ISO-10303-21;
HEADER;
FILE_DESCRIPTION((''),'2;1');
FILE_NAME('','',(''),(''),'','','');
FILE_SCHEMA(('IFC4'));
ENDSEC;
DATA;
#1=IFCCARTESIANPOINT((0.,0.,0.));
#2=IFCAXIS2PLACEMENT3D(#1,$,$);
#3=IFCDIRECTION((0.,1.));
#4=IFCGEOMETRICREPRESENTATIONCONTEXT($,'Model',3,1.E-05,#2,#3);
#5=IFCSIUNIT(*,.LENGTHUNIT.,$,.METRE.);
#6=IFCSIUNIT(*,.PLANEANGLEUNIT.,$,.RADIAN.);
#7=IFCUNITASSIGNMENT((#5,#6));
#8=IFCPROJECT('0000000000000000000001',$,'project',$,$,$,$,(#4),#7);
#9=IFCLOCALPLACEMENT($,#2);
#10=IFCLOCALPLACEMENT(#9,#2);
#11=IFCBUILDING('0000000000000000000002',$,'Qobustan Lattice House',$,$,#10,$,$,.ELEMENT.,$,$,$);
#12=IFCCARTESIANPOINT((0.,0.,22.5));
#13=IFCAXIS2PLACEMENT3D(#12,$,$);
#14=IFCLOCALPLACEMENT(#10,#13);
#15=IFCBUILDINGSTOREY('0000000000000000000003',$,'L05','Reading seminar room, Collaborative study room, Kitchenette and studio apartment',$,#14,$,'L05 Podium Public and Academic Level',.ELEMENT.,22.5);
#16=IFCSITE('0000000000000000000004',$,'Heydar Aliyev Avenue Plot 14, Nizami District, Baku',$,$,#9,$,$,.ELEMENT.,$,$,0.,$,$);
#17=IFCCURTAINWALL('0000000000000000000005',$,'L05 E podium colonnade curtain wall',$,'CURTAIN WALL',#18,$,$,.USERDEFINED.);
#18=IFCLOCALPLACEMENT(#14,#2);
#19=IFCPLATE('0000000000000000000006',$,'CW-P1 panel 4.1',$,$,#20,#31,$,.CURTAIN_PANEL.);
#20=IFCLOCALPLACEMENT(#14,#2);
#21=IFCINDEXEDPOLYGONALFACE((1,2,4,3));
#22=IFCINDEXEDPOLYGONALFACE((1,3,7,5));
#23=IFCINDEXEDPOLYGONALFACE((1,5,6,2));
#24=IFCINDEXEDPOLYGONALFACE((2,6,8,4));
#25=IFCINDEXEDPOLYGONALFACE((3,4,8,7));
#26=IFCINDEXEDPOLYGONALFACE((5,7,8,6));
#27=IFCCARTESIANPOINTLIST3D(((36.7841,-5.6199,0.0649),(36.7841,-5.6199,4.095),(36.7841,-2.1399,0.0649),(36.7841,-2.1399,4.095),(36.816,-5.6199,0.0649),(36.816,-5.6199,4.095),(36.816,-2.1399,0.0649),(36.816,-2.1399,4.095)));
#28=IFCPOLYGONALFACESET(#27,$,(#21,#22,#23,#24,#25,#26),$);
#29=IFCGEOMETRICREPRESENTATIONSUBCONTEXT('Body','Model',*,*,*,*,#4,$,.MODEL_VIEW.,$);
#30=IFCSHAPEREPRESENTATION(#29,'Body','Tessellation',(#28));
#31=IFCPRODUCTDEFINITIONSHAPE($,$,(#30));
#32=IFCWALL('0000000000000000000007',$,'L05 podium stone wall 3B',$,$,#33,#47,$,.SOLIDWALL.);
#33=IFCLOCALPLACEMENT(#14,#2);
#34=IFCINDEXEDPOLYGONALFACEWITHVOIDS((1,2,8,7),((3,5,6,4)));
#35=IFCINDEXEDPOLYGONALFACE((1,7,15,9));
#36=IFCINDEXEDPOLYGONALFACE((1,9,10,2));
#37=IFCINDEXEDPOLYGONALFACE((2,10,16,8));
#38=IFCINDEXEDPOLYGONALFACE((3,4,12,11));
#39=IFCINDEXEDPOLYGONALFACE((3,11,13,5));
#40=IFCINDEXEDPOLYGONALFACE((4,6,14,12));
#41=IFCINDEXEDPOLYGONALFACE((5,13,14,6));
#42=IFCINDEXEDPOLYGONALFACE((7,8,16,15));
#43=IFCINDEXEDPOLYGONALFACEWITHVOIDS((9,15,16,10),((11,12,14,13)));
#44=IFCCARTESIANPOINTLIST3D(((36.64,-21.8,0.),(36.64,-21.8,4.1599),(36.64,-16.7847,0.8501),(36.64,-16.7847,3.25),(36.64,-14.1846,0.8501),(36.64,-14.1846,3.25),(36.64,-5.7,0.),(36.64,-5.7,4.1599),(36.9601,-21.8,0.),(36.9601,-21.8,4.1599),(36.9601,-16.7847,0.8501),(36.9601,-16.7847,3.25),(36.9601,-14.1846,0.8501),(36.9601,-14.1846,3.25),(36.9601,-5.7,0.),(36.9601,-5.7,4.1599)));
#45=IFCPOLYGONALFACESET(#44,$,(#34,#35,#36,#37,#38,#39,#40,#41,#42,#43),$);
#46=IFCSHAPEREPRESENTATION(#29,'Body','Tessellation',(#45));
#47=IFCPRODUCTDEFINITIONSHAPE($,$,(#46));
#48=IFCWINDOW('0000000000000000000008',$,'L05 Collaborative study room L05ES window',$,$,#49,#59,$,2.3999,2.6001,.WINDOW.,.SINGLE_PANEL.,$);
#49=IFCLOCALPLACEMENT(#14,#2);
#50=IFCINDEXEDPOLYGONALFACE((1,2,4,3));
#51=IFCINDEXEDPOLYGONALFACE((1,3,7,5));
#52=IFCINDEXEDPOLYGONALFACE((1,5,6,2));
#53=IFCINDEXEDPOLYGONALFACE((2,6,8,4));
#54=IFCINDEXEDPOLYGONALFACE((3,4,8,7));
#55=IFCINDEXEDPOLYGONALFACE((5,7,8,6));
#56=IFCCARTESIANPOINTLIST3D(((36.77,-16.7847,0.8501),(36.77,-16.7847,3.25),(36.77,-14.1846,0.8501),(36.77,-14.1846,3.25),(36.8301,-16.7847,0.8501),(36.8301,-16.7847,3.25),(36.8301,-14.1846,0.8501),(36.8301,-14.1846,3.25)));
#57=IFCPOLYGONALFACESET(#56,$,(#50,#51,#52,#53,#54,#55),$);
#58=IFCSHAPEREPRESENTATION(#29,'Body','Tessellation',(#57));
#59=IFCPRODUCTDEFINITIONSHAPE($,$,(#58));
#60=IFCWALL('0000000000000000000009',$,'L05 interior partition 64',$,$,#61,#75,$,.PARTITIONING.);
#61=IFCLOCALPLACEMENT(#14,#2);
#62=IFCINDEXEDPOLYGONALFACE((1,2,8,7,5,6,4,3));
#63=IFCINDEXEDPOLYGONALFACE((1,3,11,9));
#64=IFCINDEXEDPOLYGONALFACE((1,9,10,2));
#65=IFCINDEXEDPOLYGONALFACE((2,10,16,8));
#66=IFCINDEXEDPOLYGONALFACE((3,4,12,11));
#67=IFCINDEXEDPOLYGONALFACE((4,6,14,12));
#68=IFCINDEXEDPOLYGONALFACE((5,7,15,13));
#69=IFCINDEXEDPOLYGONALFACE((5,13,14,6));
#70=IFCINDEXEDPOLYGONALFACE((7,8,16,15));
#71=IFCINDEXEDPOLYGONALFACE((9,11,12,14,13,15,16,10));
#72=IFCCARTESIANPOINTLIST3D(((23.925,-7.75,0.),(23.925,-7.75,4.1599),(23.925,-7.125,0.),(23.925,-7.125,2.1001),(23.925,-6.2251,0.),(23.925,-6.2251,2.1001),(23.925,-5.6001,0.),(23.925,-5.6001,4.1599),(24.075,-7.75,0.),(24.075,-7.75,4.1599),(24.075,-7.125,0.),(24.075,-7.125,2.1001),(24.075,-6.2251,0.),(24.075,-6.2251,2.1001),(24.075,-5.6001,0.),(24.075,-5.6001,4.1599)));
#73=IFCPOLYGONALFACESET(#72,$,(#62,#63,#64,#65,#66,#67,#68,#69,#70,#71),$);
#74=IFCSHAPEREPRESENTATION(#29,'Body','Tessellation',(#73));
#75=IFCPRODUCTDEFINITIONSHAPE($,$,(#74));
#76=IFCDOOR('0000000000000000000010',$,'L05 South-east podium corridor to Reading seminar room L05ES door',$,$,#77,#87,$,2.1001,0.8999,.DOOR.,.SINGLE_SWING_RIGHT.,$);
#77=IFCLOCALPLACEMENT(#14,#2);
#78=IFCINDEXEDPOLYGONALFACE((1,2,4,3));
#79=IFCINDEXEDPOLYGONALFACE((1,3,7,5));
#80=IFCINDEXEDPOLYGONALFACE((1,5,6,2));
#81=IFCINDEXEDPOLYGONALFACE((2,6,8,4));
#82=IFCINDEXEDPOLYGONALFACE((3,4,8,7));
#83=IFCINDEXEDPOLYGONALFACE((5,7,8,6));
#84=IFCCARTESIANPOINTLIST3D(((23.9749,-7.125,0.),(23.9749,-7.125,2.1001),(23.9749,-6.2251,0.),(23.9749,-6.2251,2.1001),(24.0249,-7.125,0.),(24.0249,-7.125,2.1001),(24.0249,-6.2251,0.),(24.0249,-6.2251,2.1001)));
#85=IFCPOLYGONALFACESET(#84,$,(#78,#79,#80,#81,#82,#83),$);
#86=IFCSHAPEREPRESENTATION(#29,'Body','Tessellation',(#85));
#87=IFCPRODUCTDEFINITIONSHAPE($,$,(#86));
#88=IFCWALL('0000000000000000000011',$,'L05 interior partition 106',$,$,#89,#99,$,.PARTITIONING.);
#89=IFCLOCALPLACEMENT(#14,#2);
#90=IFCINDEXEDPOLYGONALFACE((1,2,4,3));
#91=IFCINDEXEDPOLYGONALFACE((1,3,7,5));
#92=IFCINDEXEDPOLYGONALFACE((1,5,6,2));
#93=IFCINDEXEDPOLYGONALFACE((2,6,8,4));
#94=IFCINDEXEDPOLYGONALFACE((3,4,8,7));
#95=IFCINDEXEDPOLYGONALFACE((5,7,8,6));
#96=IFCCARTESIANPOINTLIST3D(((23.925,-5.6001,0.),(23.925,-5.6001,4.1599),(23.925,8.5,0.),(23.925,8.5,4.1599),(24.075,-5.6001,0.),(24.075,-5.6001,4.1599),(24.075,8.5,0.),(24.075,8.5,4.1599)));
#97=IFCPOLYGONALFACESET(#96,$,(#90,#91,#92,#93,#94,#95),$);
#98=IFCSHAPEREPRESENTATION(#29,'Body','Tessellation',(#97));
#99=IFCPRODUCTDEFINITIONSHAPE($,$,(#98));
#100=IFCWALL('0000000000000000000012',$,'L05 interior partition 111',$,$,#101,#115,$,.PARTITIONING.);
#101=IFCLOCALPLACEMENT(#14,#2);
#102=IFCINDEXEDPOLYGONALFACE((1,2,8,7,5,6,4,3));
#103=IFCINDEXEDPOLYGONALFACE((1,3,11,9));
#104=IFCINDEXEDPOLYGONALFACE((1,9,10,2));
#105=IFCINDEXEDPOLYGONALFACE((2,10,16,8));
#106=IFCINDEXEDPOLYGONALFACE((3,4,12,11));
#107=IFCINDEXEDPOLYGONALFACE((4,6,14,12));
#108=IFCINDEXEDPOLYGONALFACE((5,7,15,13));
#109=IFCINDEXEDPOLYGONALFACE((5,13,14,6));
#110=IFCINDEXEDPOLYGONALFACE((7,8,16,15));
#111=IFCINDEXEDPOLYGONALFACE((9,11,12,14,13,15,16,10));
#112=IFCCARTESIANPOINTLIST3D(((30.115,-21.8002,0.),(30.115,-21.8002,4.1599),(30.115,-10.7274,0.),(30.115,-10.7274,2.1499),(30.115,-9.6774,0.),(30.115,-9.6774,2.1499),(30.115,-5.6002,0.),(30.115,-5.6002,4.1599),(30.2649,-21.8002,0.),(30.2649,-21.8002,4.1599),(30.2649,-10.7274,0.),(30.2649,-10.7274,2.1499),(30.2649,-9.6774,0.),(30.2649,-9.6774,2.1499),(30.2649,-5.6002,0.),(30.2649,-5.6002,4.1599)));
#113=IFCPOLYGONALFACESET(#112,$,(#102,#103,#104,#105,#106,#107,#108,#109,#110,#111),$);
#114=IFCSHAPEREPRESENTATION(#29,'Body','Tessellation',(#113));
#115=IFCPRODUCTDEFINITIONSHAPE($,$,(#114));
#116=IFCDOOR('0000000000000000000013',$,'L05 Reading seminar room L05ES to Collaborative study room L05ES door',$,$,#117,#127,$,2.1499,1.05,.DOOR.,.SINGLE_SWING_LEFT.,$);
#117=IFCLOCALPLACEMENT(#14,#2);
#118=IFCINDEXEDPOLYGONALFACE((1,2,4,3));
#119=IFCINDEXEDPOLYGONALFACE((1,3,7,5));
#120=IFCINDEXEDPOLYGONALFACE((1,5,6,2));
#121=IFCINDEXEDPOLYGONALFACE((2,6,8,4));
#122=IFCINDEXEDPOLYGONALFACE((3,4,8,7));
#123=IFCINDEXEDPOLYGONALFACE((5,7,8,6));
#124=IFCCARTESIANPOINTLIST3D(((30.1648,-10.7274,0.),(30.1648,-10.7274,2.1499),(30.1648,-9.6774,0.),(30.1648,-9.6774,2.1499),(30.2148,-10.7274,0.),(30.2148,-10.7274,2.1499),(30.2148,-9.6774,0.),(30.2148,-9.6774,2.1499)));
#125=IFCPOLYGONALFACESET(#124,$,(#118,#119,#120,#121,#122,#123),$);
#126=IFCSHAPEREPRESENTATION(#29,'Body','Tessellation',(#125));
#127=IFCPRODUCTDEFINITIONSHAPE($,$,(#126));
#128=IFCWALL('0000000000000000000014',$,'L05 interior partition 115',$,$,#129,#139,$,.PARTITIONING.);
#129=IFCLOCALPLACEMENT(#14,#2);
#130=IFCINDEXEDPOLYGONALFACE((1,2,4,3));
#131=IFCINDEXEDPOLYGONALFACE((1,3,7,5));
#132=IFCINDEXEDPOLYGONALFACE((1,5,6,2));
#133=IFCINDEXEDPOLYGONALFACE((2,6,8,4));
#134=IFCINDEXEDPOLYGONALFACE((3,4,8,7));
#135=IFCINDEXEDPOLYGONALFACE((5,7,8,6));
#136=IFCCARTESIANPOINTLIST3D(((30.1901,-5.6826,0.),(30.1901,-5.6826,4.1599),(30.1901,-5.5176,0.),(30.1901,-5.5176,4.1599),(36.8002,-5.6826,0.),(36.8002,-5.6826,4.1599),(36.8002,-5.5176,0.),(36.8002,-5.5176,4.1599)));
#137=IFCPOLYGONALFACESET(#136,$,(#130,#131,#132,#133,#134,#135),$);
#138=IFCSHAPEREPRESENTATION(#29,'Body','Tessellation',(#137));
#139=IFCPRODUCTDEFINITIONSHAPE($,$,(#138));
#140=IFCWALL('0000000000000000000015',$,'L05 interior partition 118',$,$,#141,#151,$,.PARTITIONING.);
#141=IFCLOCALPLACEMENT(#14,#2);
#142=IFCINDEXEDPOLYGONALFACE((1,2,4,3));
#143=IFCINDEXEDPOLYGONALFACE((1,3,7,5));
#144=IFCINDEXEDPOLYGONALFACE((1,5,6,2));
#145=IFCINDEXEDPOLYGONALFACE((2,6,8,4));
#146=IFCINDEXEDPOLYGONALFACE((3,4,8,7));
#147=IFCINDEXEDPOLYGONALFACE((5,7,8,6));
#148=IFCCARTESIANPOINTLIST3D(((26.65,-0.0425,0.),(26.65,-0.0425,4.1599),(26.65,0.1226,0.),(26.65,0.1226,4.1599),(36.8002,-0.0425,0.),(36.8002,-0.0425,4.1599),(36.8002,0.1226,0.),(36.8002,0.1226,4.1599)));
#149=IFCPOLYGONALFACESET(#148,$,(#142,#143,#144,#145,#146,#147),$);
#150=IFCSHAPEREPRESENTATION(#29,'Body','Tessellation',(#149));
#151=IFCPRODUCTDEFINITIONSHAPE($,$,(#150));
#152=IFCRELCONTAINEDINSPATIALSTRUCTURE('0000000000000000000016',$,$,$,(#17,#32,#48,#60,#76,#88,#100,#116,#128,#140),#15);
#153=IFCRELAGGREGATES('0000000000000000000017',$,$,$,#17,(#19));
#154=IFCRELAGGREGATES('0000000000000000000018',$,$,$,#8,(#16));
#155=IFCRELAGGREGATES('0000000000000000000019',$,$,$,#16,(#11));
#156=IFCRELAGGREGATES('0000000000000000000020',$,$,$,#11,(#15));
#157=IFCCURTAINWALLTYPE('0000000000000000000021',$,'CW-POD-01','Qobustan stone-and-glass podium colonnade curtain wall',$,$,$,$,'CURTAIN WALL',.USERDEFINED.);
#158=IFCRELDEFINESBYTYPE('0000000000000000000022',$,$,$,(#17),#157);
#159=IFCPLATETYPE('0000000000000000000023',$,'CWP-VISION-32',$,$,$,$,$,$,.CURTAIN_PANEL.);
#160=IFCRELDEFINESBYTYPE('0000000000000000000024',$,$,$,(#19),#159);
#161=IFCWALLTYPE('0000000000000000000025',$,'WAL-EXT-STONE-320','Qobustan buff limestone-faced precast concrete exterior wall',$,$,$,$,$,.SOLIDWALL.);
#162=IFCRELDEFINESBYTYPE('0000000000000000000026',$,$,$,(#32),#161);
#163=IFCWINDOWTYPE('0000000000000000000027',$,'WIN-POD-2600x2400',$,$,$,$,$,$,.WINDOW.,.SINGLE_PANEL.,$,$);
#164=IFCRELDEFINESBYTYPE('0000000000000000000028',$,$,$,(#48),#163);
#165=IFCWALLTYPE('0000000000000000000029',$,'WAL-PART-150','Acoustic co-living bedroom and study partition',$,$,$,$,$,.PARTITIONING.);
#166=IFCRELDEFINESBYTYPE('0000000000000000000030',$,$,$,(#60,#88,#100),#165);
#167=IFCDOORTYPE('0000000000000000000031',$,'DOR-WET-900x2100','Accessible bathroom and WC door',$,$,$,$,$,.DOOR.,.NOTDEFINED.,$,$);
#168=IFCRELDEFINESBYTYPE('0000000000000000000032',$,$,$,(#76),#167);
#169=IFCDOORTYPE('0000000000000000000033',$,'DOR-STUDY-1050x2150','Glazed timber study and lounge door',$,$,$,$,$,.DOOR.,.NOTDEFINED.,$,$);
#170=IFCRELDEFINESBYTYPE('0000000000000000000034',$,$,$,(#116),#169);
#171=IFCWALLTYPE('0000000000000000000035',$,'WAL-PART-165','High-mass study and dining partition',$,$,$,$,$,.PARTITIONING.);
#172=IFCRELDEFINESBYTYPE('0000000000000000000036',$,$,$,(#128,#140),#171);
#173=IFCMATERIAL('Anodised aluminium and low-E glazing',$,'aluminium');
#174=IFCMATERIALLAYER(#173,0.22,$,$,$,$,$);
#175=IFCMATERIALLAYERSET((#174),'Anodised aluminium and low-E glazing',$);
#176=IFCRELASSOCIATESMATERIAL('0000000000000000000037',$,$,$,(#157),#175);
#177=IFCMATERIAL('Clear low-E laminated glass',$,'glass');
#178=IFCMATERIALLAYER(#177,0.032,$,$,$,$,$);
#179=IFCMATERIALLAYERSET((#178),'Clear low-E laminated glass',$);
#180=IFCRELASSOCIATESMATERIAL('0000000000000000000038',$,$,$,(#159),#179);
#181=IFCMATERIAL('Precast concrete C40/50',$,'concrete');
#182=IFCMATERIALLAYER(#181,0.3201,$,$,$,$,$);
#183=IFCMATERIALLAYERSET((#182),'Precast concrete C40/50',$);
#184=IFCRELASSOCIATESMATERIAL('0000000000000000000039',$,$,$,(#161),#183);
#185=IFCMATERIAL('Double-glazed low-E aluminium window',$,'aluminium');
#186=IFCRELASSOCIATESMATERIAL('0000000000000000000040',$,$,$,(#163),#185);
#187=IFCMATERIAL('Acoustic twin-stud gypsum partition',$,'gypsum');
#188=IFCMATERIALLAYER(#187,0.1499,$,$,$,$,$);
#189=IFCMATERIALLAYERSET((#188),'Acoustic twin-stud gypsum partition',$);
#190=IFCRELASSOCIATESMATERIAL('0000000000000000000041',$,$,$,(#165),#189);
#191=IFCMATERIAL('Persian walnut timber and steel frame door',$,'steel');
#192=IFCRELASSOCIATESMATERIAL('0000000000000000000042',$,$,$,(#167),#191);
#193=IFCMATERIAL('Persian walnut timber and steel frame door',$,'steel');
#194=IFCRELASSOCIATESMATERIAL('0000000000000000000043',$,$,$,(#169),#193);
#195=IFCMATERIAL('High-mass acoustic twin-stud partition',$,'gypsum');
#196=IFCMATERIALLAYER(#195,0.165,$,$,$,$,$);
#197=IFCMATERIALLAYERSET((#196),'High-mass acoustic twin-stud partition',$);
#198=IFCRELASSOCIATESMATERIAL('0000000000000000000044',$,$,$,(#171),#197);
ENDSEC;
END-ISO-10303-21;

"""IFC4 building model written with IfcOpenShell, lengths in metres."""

from ifc_helpers import new_model, si_unit, direction, frame, frame_2d, origin, origin_2d, place, context, subcontext, project, spatial, rectangle, extrude, material, layer, layer_set, type_object, element, fill, aggregate, save


model = new_model("IFC4")

# Units and contexts
model_context = context("Model", 3, precision=1e-05, world=origin(), true_north=direction((0.0, 1.0)))
body_context = subcontext(model_context, "Body", "Model", "MODEL_VIEW")
ifc_project = project(units=[si_unit("LENGTHUNIT", "METRE"), si_unit("PLANEANGLEUNIT", "RADIAN")], contexts=[model_context])

# Site, building, storey
site_placement = place(None, origin())
site = spatial("IfcSite", under=ifc_project, at=site_placement, Name="Heydar Aliyev Avenue Plot 14, Nizami District, Baku", CompositionType="ELEMENT", RefElevation=0.0)
building_placement = place(site_placement, origin())
building = spatial("IfcBuilding", under=site, at=building_placement, Name="Qobustan Lattice House", CompositionType="ELEMENT")
storey_placement = place(building_placement, frame((0.0, 0.0, 22.5)))
storey = spatial("IfcBuildingStorey", under=building, at=storey_placement, Name="L05", Description="Reading seminar room, Collaborative study room, Kitchenette and studio apartment", LongName="L05 Podium Public and Academic Level", CompositionType="ELEMENT", Elevation=22.5)

# Curtain wall, plate
ifc_material_1 = material(Name="Anodised aluminium and low-E glazing", Category="aluminium")
ifc_layer_1 = layer(ifc_material_1, 0.22)
ifc_layer_set_1 = layer_set([ifc_layer_1], Name="Anodised aluminium and low-E glazing")
curtain_wall_type = type_object("IfcCurtainWallType", Name="CW-POD-01", Description="Qobustan stone-and-glass podium colonnade curtain wall", ElementType="CURTAIN WALL", PredefinedType="USERDEFINED", material=ifc_layer_set_1)
curtain_wall_placement = place(storey_placement, origin())
curtain_wall = element("IfcCurtainWall", 1, at=curtain_wall_placement, inside=storey, type_object=curtain_wall_type, Name="L05 E podium colonnade curtain wall", ObjectType="CURTAIN WALL", PredefinedType="USERDEFINED")
ifc_material_2 = material(Name="Clear low-E laminated glass", Category="glass")
ifc_layer_2 = layer(ifc_material_2, 0.032)
ifc_layer_set_2 = layer_set([ifc_layer_2], Name="Clear low-E laminated glass")
plate_type = type_object("IfcPlateType", Name="CWP-VISION-32", PredefinedType="CURTAIN_PANEL", material=ifc_layer_set_2)
plate_1_placement = place(storey_placement, frame((36.8, -3.8799, 0.0649), z_axis=(0.0, 0.0, 1.0), x_axis=(0.0, -1.0, 0.0)))
plate_1 = element("IfcPlate", 2, at=plate_1_placement, type_object=plate_type, Name="CW-P1 panel 4.1", PredefinedType="CURTAIN_PANEL", context=body_context, shape_type="SweptSolid", body=[
    extrude(rectangle(XDim=3.48, YDim=0.032, at=origin_2d()), origin(), (0.0, 0.0, 1.0), 4.03),
])
aggregate(curtain_wall, [plate_1])

# Wall, opening, window
ifc_material_3 = material(Name="Precast concrete C40/50", Category="concrete")
ifc_layer_3 = layer(ifc_material_3, 0.3201)
ifc_layer_set_3 = layer_set([ifc_layer_3], Name="Precast concrete C40/50")
wall_type_1 = type_object("IfcWallType", Name="WAL-EXT-STONE-320", Description="Qobustan buff limestone-faced precast concrete exterior wall", PredefinedType="SOLIDWALL", material=ifc_layer_set_3)
wall_1_placement = place(storey_placement, frame((36.8, -5.7, 0.0), z_axis=(0.0, 0.0, 1.0), x_axis=(0.0, -1.0, 0.0)))
wall_1 = element("IfcWall", 3, at=wall_1_placement, inside=storey, type_object=wall_type_1, Name="L05 podium stone wall 3B", PredefinedType="SOLIDWALL", context=body_context, shape_type="SweptSolid", body=[
    extrude(rectangle(XDim=16.1001, YDim=0.3201, at=frame_2d((8.05, 0.0))), origin(), (0.0, 0.0, 1.0), 4.1599),
])
opening_1_placement = place(wall_1_placement, frame((8.4846, 0.0, 0.8501)))
opening_1 = element("IfcOpeningElement", 4, at=opening_1_placement, cuts=wall_1, PredefinedType="OPENING", context=body_context, shape_type="SweptSolid", body=[
    extrude(rectangle(XDim=2.6001, YDim=2.3999, at=frame_2d((1.3, 1.2))), frame((0.0, 0.1699, 0.0), z_axis=(0.0, -1.0, 0.0), x_axis=(1.0, 0.0, 0.0)), (0.0, 0.0, 1.0), 0.3401),
])
ifc_material_4 = material(Name="Double-glazed low-E aluminium window", Category="aluminium")
window_type = type_object("IfcWindowType", Name="WIN-POD-2600x2400", PartitioningType="SINGLE_PANEL", PredefinedType="WINDOW", material=ifc_material_4)
window_placement = place(opening_1_placement, origin())
window = element("IfcWindow", 5, at=window_placement, inside=storey, type_object=window_type, Name="L05 Collaborative study room L05ES window", OverallHeight=2.3999, OverallWidth=2.6001, PartitioningType="SINGLE_PANEL", PredefinedType="WINDOW", context=body_context, shape_type="SweptSolid", body=[
    extrude(rectangle(XDim=2.6001, YDim=2.3999, at=frame_2d((1.3, 1.2))), frame((0.0, 0.03, 0.0), z_axis=(0.0, -1.0, 0.0), x_axis=(1.0, 0.0, 0.0)), (0.0, 0.0, 1.0), 0.0601),
])
fill(opening_1, window)

# Wall, opening, door
ifc_material_5 = material(Name="Acoustic twin-stud gypsum partition", Category="gypsum")
ifc_layer_4 = layer(ifc_material_5, 0.1499)
ifc_layer_set_4 = layer_set([ifc_layer_4], Name="Acoustic twin-stud gypsum partition")
wall_type_2 = type_object("IfcWallType", Name="WAL-PART-150", Description="Acoustic co-living bedroom and study partition", PredefinedType="PARTITIONING", material=ifc_layer_set_4)
wall_2_placement = place(storey_placement, frame((24.0, -5.6001, 0.0), z_axis=(0.0, 0.0, 1.0), x_axis=(0.0, -1.0, 0.0)))
wall_2 = element("IfcWall", 6, at=wall_2_placement, inside=storey, type_object=wall_type_2, Name="L05 interior partition 64", PredefinedType="PARTITIONING", context=body_context, shape_type="SweptSolid", body=[
    extrude(rectangle(XDim=2.1499, YDim=0.1499, at=frame_2d((1.075, 0.0))), origin(), (0.0, 0.0, 1.0), 4.1599),
])
opening_2_placement = place(wall_2_placement, frame((0.625, 0.0, 0.0)))
opening_2 = element("IfcOpeningElement", 7, at=opening_2_placement, cuts=wall_2, PredefinedType="OPENING", context=body_context, shape_type="SweptSolid", body=[
    extrude(rectangle(XDim=0.8999, YDim=2.1001, at=frame_2d((0.45, 1.05))), frame((0.0, 0.085, 0.0), z_axis=(0.0, -1.0, 0.0), x_axis=(1.0, 0.0, 0.0)), (0.0, 0.0, 1.0), 0.1699),
])
ifc_material_6 = material(Name="Persian walnut timber and steel frame door", Category="steel")
door_type_1 = type_object("IfcDoorType", Name="DOR-WET-900x2100", Description="Accessible bathroom and WC door", OperationType="NOTDEFINED", PredefinedType="DOOR", material=ifc_material_6)
door_1_placement = place(opening_2_placement, origin())
door_1 = element("IfcDoor", 8, at=door_1_placement, inside=storey, type_object=door_type_1, Name="L05 South-east podium corridor to Reading seminar room L05ES door", OperationType="SINGLE_SWING_RIGHT", OverallHeight=2.1001, OverallWidth=0.8999, PredefinedType="DOOR", context=body_context, shape_type="SweptSolid", body=[
    extrude(rectangle(XDim=0.8999, YDim=2.1001, at=frame_2d((0.45, 1.05))), frame((0.0, 0.0249, 0.0), z_axis=(0.0, -1.0, 0.0), x_axis=(1.0, 0.0, 0.0)), (0.0, 0.0, 1.0), 0.05),
])
fill(opening_2, door_1)
ifc_material_7 = material(Name="Persian walnut timber and steel frame door", Category="steel")
door_type_2 = type_object("IfcDoorType", Name="DOR-STUDY-1050x2150", Description="Glazed timber study and lounge door", OperationType="NOTDEFINED", PredefinedType="DOOR", material=ifc_material_7)

# Wall
wall_3_placement = place(storey_placement, frame((24.0, -5.6001, 0.0), z_axis=(0.0, 0.0, 1.0), x_axis=(0.0, 1.0, 0.0)))
element("IfcWall", 9, at=wall_3_placement, inside=storey, type_object=wall_type_2, Name="L05 interior partition 106", PredefinedType="PARTITIONING", context=body_context, shape_type="SweptSolid", body=[
    extrude(rectangle(XDim=14.1001, YDim=0.1499, at=frame_2d((7.05, 0.0))), origin(), (0.0, 0.0, 1.0), 4.1599),
])

# Wall, opening, door
wall_4_placement = place(storey_placement, frame((30.1899, -5.6001, 0.0), z_axis=(0.0, 0.0, 1.0), x_axis=(0.0, -1.0, 0.0)))
wall_4 = element("IfcWall", 10, at=wall_4_placement, inside=storey, type_object=wall_type_2, Name="L05 interior partition 111", PredefinedType="PARTITIONING", context=body_context, shape_type="SweptSolid", body=[
    extrude(rectangle(XDim=16.2, YDim=0.1499, at=frame_2d((8.1001, 0.0))), origin(), (0.0, 0.0, 1.0), 4.1599),
])
opening_3_placement = place(wall_4_placement, frame((4.0774, 0.0, 0.0)))
opening_3 = element("IfcOpeningElement", 11, at=opening_3_placement, cuts=wall_4, PredefinedType="OPENING", context=body_context, shape_type="SweptSolid", body=[
    extrude(rectangle(XDim=1.05, YDim=2.1499, at=frame_2d((0.5249, 1.075))), frame((0.0, 0.085, 0.0), z_axis=(0.0, -1.0, 0.0), x_axis=(1.0, 0.0, 0.0)), (0.0, 0.0, 1.0), 0.1699),
])
door_2_placement = place(opening_3_placement, origin())
door_2 = element("IfcDoor", 12, at=door_2_placement, inside=storey, type_object=door_type_2, Name="L05 Reading seminar room L05ES to Collaborative study room L05ES door", OperationType="SINGLE_SWING_LEFT", OverallHeight=2.1499, OverallWidth=1.05, PredefinedType="DOOR", context=body_context, shape_type="SweptSolid", body=[
    extrude(rectangle(XDim=1.05, YDim=2.1499, at=frame_2d((0.5249, 1.075))), frame((0.0, 0.0249, 0.0), z_axis=(0.0, -1.0, 0.0), x_axis=(1.0, 0.0, 0.0)), (0.0, 0.0, 1.0), 0.05),
])
fill(opening_3, door_2)
ifc_material_8 = material(Name="High-mass acoustic twin-stud partition", Category="gypsum")
ifc_layer_5 = layer(ifc_material_8, 0.165)
ifc_layer_set_5 = layer_set([ifc_layer_5], Name="High-mass acoustic twin-stud partition")
wall_type_3 = type_object("IfcWallType", Name="WAL-PART-165", Description="High-mass study and dining partition", PredefinedType="PARTITIONING", material=ifc_layer_set_5)

# Walls
wall_5_placement = place(storey_placement, frame((30.1899, -5.6001, 0.0), z_axis=(0.0, 0.0, 1.0), x_axis=(1.0, 0.0, 0.0)))
element("IfcWall", 13, at=wall_5_placement, inside=storey, type_object=wall_type_3, Name="L05 interior partition 115", PredefinedType="PARTITIONING", context=body_context, shape_type="SweptSolid", body=[
    extrude(rectangle(XDim=6.6101, YDim=0.165, at=frame_2d((3.3052, 0.0))), origin(), (0.0, 0.0, 1.0), 4.1599),
])
wall_6_placement = place(storey_placement, frame((26.6499, 0.04, 0.0), z_axis=(0.0, 0.0, 1.0), x_axis=(1.0, 0.0, 0.0)))
element("IfcWall", 14, at=wall_6_placement, inside=storey, type_object=wall_type_3, Name="L05 interior partition 118", PredefinedType="PARTITIONING", context=body_context, shape_type="SweptSolid", body=[
    extrude(rectangle(XDim=10.1501, YDim=0.165, at=frame_2d((5.0752, 0.0))), origin(), (0.0, 0.0, 1.0), 4.1599),
])

save(model, "model.ifc")
